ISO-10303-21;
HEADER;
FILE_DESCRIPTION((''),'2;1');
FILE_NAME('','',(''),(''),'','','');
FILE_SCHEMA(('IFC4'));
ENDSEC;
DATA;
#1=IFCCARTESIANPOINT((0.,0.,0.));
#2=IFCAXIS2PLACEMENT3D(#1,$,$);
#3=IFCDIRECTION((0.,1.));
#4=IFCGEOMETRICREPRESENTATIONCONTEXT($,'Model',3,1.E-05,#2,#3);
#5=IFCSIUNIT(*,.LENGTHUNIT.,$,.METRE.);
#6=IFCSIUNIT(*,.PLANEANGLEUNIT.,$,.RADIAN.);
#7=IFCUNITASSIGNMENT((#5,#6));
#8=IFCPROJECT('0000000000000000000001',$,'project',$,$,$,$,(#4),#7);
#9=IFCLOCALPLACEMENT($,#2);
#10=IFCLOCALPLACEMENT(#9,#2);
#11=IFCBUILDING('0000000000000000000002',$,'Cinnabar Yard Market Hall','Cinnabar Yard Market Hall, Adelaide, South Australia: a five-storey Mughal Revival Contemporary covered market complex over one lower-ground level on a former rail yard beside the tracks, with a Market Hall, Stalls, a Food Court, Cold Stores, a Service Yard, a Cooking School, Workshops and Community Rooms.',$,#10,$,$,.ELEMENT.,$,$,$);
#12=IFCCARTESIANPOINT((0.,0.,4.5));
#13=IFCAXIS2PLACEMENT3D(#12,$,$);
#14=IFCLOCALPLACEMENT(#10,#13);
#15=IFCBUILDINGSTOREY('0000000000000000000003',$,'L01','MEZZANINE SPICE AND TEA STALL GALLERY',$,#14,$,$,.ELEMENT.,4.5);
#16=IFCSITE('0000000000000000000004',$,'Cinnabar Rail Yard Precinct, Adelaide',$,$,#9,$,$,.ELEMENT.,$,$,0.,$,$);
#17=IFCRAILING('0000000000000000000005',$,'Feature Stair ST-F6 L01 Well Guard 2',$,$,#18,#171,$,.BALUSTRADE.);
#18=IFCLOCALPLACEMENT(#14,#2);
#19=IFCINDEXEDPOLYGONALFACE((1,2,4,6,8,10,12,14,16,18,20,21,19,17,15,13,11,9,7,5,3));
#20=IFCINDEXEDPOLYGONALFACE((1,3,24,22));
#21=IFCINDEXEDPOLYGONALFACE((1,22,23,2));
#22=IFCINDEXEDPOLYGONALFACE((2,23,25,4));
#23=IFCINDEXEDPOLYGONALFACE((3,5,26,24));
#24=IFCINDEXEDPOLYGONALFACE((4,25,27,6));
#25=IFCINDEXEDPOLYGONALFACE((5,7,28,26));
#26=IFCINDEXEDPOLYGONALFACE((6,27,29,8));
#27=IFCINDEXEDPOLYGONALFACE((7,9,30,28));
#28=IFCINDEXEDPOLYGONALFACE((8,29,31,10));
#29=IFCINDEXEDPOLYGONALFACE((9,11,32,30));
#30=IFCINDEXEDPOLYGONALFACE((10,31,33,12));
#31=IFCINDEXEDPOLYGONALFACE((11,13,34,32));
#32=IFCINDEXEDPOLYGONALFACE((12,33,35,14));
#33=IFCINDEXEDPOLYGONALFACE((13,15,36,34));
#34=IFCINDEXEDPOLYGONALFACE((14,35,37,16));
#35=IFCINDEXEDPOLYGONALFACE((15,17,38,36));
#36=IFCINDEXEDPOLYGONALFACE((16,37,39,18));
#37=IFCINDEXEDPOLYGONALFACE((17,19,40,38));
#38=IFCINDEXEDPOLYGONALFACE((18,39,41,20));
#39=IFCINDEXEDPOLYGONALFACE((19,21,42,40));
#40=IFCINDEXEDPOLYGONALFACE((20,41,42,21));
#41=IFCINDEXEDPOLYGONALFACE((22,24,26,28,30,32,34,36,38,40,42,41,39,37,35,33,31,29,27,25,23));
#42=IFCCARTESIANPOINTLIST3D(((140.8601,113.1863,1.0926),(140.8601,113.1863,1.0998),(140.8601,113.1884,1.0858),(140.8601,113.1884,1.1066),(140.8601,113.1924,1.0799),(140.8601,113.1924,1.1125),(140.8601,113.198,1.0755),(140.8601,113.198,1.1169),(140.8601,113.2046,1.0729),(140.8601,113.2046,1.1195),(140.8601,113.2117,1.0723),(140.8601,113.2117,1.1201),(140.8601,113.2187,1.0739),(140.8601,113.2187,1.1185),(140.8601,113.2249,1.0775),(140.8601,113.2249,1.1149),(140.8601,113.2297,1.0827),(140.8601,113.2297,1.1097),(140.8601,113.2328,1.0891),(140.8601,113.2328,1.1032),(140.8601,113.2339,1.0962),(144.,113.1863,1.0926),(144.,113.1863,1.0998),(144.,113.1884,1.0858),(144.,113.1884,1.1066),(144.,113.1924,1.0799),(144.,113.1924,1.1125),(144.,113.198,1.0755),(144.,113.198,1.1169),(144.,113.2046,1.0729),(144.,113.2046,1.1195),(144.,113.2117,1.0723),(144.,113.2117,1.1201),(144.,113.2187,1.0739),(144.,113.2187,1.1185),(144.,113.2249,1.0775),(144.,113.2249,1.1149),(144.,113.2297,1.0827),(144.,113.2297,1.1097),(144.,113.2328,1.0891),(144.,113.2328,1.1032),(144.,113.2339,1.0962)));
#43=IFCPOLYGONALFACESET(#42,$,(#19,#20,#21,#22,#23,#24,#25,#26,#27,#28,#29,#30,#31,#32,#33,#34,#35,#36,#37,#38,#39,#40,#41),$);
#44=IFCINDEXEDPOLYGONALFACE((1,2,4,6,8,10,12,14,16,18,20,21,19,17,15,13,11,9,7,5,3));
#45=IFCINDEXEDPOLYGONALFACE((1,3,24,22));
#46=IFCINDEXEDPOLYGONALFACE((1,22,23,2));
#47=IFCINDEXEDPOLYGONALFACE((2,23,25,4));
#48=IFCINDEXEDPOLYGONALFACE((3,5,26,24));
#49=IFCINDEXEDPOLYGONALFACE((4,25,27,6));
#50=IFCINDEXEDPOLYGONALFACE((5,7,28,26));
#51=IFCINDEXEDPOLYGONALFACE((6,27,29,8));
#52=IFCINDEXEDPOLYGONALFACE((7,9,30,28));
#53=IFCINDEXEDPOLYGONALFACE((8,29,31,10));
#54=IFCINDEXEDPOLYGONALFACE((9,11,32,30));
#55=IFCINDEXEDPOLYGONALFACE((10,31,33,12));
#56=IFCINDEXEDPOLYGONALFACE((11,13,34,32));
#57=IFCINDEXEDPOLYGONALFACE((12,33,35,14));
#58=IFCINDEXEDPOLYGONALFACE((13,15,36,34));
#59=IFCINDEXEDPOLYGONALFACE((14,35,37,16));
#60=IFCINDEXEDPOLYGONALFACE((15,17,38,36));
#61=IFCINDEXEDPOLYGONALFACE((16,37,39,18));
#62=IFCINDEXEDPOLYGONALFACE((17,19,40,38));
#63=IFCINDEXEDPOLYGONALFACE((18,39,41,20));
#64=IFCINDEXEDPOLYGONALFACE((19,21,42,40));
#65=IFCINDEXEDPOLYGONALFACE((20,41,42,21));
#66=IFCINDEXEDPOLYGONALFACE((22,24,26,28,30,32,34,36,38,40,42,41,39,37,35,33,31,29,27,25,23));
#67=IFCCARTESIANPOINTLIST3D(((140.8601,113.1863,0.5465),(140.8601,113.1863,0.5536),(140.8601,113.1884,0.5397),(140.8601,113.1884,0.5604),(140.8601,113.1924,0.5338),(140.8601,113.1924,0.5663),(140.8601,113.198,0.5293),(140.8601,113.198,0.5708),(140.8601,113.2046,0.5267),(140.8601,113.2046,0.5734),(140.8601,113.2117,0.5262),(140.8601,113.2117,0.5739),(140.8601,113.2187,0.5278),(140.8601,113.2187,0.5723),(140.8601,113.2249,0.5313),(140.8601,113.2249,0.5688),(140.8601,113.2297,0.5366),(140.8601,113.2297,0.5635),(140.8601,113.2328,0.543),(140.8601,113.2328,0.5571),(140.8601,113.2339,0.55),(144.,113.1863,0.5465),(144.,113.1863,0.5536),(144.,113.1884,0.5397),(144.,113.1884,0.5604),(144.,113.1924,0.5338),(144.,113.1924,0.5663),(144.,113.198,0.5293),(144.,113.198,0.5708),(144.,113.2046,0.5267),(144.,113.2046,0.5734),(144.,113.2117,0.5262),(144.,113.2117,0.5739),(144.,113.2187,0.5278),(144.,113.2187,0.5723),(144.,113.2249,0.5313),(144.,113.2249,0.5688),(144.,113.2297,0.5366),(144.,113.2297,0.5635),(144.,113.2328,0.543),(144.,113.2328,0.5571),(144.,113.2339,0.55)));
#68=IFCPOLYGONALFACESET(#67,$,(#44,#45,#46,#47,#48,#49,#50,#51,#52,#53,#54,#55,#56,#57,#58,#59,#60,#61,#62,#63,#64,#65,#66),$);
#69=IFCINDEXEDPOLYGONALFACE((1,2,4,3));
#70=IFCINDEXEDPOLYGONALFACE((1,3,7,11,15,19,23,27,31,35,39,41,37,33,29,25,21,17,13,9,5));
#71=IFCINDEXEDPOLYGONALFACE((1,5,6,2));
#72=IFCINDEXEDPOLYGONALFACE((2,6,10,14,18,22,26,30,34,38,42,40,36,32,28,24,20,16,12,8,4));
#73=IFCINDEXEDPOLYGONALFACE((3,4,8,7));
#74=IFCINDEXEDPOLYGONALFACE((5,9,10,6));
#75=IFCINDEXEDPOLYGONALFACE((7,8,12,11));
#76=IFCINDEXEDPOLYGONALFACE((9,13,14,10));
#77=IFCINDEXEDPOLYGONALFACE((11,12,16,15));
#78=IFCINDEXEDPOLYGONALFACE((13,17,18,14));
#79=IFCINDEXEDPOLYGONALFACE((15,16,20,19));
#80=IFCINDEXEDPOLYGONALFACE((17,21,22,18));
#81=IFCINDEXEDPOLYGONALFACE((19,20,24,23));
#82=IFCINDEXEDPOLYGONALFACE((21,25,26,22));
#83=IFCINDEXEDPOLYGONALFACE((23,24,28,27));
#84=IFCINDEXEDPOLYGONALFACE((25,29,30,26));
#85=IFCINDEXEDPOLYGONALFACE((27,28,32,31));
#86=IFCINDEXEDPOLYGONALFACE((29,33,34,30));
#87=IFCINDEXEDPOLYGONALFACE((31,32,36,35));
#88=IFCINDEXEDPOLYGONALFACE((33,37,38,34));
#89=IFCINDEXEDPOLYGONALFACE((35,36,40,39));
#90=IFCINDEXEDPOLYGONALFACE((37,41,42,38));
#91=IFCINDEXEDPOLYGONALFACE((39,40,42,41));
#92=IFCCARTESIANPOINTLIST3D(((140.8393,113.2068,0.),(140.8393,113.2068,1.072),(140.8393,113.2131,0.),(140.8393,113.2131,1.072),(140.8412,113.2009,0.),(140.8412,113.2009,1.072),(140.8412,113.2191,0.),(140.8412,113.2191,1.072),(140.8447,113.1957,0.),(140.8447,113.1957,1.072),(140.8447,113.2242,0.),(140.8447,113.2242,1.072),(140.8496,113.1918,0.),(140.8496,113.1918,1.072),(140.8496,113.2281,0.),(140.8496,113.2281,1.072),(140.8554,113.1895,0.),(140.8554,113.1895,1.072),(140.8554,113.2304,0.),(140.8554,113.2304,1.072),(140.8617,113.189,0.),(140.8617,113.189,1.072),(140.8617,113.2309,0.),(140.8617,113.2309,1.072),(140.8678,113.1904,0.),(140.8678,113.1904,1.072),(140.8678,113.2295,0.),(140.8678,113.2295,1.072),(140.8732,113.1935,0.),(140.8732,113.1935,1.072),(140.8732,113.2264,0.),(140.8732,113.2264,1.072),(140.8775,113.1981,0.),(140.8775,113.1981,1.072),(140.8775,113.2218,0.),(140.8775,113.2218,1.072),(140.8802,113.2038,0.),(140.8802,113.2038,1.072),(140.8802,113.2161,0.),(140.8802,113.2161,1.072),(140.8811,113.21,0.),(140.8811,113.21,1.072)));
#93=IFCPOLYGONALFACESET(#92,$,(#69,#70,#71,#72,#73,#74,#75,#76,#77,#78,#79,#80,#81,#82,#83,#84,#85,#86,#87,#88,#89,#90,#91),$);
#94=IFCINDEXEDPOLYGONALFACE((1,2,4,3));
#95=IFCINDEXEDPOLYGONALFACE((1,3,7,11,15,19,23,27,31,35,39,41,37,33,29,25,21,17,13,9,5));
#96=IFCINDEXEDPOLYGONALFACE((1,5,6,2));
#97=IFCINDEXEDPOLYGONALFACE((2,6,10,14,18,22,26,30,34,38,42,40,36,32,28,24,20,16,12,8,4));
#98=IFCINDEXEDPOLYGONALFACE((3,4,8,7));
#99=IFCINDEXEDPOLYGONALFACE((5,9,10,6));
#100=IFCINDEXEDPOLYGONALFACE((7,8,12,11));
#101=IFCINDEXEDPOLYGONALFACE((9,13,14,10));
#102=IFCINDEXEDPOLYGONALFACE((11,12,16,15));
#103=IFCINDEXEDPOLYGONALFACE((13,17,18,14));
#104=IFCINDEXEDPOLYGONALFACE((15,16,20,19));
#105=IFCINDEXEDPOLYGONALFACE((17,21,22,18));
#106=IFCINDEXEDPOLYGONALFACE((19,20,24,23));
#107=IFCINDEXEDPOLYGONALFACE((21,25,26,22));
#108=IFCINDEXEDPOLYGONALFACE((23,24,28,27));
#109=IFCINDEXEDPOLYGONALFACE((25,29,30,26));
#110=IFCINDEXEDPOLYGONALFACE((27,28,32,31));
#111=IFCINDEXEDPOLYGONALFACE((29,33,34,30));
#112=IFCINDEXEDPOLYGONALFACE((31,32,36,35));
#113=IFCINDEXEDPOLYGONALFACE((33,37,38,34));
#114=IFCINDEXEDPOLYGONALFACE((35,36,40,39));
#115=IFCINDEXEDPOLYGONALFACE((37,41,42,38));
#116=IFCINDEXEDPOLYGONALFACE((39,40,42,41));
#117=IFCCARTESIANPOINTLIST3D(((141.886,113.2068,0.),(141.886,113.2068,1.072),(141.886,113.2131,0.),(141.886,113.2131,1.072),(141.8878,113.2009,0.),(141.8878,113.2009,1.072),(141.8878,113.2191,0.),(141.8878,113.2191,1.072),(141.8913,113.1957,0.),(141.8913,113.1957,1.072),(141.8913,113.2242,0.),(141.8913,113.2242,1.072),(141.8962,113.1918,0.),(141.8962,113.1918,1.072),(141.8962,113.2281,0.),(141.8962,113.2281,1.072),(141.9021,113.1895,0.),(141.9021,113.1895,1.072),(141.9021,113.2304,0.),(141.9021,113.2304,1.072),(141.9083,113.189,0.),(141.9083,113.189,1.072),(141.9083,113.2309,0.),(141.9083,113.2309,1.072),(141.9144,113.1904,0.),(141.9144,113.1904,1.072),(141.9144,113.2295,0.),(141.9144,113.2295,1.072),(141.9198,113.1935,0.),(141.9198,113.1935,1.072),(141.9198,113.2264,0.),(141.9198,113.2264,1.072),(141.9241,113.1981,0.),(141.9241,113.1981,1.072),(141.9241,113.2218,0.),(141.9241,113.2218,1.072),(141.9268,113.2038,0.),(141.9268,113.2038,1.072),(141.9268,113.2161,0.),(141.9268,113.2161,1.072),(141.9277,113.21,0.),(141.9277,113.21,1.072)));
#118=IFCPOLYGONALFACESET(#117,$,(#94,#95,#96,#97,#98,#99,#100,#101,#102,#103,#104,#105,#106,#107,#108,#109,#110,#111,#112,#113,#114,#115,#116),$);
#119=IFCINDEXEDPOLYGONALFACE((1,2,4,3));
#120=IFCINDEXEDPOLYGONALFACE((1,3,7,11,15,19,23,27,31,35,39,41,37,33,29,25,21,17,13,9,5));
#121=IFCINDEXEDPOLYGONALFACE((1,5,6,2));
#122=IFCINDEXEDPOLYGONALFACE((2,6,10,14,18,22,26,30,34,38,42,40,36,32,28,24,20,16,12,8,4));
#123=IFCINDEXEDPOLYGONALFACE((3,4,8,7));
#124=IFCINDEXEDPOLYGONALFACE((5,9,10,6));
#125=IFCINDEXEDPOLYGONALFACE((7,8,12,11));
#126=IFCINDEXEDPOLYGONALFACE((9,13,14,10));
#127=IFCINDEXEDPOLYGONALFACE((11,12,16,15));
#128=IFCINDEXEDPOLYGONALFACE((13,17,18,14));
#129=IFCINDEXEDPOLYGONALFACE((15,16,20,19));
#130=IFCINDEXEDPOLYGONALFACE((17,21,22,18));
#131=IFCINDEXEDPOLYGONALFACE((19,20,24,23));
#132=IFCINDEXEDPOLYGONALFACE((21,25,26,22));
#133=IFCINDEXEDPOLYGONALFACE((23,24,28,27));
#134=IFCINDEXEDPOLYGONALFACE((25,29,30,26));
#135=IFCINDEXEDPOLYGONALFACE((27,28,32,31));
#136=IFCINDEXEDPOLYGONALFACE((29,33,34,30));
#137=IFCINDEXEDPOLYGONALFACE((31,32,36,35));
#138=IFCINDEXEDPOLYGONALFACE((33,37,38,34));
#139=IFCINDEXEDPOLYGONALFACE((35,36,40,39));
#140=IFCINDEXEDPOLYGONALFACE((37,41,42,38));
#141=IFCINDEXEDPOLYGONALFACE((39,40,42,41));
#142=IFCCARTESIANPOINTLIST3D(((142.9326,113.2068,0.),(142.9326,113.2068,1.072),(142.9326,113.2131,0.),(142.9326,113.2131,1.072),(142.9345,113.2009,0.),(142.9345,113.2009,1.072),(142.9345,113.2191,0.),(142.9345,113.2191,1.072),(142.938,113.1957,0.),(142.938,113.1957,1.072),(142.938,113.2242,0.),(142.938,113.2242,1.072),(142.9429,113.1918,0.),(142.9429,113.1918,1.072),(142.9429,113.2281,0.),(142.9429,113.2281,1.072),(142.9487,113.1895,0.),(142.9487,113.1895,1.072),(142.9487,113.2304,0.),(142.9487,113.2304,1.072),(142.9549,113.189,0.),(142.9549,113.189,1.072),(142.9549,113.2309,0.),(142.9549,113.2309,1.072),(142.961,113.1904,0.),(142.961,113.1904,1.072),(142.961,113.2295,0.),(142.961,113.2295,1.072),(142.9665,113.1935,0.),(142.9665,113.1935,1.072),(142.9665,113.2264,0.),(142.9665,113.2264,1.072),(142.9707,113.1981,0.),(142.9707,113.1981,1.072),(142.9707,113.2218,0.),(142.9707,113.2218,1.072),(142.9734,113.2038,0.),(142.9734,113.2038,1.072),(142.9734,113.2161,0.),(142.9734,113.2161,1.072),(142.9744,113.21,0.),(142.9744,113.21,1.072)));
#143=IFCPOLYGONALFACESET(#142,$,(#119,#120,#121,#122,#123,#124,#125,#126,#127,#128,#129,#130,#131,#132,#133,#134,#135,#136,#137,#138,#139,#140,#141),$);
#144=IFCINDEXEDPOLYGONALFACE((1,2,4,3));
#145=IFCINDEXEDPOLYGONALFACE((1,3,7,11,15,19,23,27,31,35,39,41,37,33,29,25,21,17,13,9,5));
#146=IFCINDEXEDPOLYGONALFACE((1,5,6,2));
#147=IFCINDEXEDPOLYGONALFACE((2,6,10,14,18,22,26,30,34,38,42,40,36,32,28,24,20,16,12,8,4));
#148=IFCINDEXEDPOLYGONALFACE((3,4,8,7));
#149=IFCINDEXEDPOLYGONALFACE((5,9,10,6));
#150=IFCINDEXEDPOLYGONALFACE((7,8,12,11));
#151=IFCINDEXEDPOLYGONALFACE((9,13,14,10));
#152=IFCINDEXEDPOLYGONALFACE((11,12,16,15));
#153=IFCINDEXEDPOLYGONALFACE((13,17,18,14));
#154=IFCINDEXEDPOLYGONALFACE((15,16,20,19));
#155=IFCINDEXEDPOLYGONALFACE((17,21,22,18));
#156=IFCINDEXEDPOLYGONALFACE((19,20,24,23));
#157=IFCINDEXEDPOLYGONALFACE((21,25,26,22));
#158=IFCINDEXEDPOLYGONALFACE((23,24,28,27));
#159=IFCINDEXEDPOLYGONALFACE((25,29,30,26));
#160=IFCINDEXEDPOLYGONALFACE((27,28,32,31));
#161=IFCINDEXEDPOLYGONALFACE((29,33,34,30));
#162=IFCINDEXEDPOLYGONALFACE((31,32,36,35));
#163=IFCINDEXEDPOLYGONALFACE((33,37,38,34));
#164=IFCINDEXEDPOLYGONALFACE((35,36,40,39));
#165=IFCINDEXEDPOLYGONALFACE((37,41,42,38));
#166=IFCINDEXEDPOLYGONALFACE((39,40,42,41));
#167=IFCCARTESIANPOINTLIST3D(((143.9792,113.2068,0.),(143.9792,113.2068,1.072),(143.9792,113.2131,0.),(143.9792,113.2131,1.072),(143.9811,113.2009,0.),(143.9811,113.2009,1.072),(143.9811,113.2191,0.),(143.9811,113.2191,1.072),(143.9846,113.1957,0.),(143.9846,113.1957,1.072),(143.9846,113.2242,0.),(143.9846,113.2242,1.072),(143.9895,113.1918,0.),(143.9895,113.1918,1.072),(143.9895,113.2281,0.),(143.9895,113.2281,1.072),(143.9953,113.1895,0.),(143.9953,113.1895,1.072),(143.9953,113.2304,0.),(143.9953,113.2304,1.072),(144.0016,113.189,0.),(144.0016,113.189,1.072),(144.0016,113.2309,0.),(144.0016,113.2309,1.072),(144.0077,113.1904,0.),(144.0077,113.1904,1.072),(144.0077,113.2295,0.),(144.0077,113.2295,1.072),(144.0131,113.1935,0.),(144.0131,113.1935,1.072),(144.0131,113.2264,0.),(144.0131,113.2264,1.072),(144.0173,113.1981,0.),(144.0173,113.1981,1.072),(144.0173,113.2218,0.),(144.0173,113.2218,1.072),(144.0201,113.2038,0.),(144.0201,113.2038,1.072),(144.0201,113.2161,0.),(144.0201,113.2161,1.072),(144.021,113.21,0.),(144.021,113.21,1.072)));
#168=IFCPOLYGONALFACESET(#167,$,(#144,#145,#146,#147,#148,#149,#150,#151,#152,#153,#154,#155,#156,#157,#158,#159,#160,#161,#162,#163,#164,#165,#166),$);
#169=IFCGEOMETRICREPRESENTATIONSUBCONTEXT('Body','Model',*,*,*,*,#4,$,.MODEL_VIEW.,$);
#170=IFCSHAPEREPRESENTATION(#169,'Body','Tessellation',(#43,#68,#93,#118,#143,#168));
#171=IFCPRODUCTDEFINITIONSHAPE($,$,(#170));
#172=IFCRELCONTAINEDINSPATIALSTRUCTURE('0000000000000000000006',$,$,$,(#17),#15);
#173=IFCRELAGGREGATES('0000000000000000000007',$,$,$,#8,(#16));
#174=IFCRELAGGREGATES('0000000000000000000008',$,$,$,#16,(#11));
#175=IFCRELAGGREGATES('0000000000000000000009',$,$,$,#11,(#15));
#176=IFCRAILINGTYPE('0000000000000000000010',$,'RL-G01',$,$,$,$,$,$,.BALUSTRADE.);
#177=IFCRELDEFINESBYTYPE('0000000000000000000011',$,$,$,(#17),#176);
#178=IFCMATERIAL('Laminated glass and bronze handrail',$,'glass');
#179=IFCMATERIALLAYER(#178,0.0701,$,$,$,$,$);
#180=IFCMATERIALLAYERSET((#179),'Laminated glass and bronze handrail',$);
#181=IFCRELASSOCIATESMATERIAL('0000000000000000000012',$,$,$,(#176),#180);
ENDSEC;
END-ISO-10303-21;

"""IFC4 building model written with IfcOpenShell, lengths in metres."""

from ifc_helpers import new_model, si_unit, direction, frame, origin, origin_2d_with_axis, place, context, subcontext, project, spatial, circle, extrude, material, layer, layer_set, type_object, element, save


model = new_model("IFC4")

# Units and contexts
model_context = context("Model", 3, precision=1e-05, world=origin(), true_north=direction((0.0, 1.0)))
body_context = subcontext(model_context, "Body", "Model", "MODEL_VIEW")
ifc_project = project(units=[si_unit("LENGTHUNIT", "METRE"), si_unit("PLANEANGLEUNIT", "RADIAN")], contexts=[model_context])

# Site, building, storey
site_placement = place(None, origin())
site = spatial("IfcSite", under=ifc_project, at=site_placement, Name="Cinnabar Rail Yard Precinct, Adelaide", CompositionType="ELEMENT", RefElevation=0.0)
building_placement = place(site_placement, origin())
building = spatial("IfcBuilding", under=site, at=building_placement, Name="Cinnabar Yard Market Hall", Description="Cinnabar Yard Market Hall, Adelaide, South Australia: a five-storey Mughal Revival Contemporary covered market complex over one lower-ground level on a former rail yard beside the tracks, with a Market Hall, Stalls, a Food Court, Cold Stores, a Service Yard, a Cooking School, Workshops and Community Rooms.", CompositionType="ELEMENT")
storey_placement = place(building_placement, frame((0.0, 0.0, 4.5)))
storey = spatial("IfcBuildingStorey", under=building, at=storey_placement, Name="L01", Description="MEZZANINE SPICE AND TEA STALL GALLERY", CompositionType="ELEMENT", Elevation=4.5)

# Railing
ifc_material_1 = material(Name="Laminated glass and bronze handrail", Category="glass")
ifc_layer_1 = layer(ifc_material_1, 0.0701)
ifc_layer_set_1 = layer_set([ifc_layer_1], Name="Laminated glass and bronze handrail")
railing_type_1 = type_object("IfcRailingType", Name="RL-G01", PredefinedType="BALUSTRADE", material=ifc_layer_set_1)
railing_1_placement = place(storey_placement, frame((140.8601, 113.21, 0.0)))
element("IfcRailing", 1, at=railing_1_placement, inside=storey, type_object=railing_type_1, Name="Feature Stair ST-F6 L01 Well Guard 2", PredefinedType="BALUSTRADE", context=body_context, shape_type="SweptSolid", body=[
    extrude(circle(Radius=0.0239, at=origin_2d_with_axis()), frame((0.0, 0.0, 1.0962), z_axis=(1.0, 0.0, 0.0), x_axis=(0.0, 1.0, 0.0)), (0.0, 0.0, 1.0), 3.1399),
    extrude(circle(Radius=0.0239, at=origin_2d_with_axis()), frame((0.0, 0.0, 0.55), z_axis=(1.0, 0.0, 0.0), x_axis=(0.0, 1.0, 0.0)), (0.0, 0.0, 1.0), 3.1399),
    extrude(circle(Radius=0.021, at=origin_2d_with_axis()), origin(), (0.0, 0.0, 1.0), 1.072),
    extrude(circle(Radius=0.021, at=origin_2d_with_axis()), frame((1.0466, 0.0, 0.0)), (0.0, 0.0, 1.0), 1.072),
    extrude(circle(Radius=0.021, at=origin_2d_with_axis()), frame((2.0933, 0.0, 0.0)), (0.0, 0.0, 1.0), 1.072),
    extrude(circle(Radius=0.021, at=origin_2d_with_axis()), frame((3.1399, 0.0, 0.0)), (0.0, 0.0, 1.0), 1.072),
])

save(model, "model.ifc")
